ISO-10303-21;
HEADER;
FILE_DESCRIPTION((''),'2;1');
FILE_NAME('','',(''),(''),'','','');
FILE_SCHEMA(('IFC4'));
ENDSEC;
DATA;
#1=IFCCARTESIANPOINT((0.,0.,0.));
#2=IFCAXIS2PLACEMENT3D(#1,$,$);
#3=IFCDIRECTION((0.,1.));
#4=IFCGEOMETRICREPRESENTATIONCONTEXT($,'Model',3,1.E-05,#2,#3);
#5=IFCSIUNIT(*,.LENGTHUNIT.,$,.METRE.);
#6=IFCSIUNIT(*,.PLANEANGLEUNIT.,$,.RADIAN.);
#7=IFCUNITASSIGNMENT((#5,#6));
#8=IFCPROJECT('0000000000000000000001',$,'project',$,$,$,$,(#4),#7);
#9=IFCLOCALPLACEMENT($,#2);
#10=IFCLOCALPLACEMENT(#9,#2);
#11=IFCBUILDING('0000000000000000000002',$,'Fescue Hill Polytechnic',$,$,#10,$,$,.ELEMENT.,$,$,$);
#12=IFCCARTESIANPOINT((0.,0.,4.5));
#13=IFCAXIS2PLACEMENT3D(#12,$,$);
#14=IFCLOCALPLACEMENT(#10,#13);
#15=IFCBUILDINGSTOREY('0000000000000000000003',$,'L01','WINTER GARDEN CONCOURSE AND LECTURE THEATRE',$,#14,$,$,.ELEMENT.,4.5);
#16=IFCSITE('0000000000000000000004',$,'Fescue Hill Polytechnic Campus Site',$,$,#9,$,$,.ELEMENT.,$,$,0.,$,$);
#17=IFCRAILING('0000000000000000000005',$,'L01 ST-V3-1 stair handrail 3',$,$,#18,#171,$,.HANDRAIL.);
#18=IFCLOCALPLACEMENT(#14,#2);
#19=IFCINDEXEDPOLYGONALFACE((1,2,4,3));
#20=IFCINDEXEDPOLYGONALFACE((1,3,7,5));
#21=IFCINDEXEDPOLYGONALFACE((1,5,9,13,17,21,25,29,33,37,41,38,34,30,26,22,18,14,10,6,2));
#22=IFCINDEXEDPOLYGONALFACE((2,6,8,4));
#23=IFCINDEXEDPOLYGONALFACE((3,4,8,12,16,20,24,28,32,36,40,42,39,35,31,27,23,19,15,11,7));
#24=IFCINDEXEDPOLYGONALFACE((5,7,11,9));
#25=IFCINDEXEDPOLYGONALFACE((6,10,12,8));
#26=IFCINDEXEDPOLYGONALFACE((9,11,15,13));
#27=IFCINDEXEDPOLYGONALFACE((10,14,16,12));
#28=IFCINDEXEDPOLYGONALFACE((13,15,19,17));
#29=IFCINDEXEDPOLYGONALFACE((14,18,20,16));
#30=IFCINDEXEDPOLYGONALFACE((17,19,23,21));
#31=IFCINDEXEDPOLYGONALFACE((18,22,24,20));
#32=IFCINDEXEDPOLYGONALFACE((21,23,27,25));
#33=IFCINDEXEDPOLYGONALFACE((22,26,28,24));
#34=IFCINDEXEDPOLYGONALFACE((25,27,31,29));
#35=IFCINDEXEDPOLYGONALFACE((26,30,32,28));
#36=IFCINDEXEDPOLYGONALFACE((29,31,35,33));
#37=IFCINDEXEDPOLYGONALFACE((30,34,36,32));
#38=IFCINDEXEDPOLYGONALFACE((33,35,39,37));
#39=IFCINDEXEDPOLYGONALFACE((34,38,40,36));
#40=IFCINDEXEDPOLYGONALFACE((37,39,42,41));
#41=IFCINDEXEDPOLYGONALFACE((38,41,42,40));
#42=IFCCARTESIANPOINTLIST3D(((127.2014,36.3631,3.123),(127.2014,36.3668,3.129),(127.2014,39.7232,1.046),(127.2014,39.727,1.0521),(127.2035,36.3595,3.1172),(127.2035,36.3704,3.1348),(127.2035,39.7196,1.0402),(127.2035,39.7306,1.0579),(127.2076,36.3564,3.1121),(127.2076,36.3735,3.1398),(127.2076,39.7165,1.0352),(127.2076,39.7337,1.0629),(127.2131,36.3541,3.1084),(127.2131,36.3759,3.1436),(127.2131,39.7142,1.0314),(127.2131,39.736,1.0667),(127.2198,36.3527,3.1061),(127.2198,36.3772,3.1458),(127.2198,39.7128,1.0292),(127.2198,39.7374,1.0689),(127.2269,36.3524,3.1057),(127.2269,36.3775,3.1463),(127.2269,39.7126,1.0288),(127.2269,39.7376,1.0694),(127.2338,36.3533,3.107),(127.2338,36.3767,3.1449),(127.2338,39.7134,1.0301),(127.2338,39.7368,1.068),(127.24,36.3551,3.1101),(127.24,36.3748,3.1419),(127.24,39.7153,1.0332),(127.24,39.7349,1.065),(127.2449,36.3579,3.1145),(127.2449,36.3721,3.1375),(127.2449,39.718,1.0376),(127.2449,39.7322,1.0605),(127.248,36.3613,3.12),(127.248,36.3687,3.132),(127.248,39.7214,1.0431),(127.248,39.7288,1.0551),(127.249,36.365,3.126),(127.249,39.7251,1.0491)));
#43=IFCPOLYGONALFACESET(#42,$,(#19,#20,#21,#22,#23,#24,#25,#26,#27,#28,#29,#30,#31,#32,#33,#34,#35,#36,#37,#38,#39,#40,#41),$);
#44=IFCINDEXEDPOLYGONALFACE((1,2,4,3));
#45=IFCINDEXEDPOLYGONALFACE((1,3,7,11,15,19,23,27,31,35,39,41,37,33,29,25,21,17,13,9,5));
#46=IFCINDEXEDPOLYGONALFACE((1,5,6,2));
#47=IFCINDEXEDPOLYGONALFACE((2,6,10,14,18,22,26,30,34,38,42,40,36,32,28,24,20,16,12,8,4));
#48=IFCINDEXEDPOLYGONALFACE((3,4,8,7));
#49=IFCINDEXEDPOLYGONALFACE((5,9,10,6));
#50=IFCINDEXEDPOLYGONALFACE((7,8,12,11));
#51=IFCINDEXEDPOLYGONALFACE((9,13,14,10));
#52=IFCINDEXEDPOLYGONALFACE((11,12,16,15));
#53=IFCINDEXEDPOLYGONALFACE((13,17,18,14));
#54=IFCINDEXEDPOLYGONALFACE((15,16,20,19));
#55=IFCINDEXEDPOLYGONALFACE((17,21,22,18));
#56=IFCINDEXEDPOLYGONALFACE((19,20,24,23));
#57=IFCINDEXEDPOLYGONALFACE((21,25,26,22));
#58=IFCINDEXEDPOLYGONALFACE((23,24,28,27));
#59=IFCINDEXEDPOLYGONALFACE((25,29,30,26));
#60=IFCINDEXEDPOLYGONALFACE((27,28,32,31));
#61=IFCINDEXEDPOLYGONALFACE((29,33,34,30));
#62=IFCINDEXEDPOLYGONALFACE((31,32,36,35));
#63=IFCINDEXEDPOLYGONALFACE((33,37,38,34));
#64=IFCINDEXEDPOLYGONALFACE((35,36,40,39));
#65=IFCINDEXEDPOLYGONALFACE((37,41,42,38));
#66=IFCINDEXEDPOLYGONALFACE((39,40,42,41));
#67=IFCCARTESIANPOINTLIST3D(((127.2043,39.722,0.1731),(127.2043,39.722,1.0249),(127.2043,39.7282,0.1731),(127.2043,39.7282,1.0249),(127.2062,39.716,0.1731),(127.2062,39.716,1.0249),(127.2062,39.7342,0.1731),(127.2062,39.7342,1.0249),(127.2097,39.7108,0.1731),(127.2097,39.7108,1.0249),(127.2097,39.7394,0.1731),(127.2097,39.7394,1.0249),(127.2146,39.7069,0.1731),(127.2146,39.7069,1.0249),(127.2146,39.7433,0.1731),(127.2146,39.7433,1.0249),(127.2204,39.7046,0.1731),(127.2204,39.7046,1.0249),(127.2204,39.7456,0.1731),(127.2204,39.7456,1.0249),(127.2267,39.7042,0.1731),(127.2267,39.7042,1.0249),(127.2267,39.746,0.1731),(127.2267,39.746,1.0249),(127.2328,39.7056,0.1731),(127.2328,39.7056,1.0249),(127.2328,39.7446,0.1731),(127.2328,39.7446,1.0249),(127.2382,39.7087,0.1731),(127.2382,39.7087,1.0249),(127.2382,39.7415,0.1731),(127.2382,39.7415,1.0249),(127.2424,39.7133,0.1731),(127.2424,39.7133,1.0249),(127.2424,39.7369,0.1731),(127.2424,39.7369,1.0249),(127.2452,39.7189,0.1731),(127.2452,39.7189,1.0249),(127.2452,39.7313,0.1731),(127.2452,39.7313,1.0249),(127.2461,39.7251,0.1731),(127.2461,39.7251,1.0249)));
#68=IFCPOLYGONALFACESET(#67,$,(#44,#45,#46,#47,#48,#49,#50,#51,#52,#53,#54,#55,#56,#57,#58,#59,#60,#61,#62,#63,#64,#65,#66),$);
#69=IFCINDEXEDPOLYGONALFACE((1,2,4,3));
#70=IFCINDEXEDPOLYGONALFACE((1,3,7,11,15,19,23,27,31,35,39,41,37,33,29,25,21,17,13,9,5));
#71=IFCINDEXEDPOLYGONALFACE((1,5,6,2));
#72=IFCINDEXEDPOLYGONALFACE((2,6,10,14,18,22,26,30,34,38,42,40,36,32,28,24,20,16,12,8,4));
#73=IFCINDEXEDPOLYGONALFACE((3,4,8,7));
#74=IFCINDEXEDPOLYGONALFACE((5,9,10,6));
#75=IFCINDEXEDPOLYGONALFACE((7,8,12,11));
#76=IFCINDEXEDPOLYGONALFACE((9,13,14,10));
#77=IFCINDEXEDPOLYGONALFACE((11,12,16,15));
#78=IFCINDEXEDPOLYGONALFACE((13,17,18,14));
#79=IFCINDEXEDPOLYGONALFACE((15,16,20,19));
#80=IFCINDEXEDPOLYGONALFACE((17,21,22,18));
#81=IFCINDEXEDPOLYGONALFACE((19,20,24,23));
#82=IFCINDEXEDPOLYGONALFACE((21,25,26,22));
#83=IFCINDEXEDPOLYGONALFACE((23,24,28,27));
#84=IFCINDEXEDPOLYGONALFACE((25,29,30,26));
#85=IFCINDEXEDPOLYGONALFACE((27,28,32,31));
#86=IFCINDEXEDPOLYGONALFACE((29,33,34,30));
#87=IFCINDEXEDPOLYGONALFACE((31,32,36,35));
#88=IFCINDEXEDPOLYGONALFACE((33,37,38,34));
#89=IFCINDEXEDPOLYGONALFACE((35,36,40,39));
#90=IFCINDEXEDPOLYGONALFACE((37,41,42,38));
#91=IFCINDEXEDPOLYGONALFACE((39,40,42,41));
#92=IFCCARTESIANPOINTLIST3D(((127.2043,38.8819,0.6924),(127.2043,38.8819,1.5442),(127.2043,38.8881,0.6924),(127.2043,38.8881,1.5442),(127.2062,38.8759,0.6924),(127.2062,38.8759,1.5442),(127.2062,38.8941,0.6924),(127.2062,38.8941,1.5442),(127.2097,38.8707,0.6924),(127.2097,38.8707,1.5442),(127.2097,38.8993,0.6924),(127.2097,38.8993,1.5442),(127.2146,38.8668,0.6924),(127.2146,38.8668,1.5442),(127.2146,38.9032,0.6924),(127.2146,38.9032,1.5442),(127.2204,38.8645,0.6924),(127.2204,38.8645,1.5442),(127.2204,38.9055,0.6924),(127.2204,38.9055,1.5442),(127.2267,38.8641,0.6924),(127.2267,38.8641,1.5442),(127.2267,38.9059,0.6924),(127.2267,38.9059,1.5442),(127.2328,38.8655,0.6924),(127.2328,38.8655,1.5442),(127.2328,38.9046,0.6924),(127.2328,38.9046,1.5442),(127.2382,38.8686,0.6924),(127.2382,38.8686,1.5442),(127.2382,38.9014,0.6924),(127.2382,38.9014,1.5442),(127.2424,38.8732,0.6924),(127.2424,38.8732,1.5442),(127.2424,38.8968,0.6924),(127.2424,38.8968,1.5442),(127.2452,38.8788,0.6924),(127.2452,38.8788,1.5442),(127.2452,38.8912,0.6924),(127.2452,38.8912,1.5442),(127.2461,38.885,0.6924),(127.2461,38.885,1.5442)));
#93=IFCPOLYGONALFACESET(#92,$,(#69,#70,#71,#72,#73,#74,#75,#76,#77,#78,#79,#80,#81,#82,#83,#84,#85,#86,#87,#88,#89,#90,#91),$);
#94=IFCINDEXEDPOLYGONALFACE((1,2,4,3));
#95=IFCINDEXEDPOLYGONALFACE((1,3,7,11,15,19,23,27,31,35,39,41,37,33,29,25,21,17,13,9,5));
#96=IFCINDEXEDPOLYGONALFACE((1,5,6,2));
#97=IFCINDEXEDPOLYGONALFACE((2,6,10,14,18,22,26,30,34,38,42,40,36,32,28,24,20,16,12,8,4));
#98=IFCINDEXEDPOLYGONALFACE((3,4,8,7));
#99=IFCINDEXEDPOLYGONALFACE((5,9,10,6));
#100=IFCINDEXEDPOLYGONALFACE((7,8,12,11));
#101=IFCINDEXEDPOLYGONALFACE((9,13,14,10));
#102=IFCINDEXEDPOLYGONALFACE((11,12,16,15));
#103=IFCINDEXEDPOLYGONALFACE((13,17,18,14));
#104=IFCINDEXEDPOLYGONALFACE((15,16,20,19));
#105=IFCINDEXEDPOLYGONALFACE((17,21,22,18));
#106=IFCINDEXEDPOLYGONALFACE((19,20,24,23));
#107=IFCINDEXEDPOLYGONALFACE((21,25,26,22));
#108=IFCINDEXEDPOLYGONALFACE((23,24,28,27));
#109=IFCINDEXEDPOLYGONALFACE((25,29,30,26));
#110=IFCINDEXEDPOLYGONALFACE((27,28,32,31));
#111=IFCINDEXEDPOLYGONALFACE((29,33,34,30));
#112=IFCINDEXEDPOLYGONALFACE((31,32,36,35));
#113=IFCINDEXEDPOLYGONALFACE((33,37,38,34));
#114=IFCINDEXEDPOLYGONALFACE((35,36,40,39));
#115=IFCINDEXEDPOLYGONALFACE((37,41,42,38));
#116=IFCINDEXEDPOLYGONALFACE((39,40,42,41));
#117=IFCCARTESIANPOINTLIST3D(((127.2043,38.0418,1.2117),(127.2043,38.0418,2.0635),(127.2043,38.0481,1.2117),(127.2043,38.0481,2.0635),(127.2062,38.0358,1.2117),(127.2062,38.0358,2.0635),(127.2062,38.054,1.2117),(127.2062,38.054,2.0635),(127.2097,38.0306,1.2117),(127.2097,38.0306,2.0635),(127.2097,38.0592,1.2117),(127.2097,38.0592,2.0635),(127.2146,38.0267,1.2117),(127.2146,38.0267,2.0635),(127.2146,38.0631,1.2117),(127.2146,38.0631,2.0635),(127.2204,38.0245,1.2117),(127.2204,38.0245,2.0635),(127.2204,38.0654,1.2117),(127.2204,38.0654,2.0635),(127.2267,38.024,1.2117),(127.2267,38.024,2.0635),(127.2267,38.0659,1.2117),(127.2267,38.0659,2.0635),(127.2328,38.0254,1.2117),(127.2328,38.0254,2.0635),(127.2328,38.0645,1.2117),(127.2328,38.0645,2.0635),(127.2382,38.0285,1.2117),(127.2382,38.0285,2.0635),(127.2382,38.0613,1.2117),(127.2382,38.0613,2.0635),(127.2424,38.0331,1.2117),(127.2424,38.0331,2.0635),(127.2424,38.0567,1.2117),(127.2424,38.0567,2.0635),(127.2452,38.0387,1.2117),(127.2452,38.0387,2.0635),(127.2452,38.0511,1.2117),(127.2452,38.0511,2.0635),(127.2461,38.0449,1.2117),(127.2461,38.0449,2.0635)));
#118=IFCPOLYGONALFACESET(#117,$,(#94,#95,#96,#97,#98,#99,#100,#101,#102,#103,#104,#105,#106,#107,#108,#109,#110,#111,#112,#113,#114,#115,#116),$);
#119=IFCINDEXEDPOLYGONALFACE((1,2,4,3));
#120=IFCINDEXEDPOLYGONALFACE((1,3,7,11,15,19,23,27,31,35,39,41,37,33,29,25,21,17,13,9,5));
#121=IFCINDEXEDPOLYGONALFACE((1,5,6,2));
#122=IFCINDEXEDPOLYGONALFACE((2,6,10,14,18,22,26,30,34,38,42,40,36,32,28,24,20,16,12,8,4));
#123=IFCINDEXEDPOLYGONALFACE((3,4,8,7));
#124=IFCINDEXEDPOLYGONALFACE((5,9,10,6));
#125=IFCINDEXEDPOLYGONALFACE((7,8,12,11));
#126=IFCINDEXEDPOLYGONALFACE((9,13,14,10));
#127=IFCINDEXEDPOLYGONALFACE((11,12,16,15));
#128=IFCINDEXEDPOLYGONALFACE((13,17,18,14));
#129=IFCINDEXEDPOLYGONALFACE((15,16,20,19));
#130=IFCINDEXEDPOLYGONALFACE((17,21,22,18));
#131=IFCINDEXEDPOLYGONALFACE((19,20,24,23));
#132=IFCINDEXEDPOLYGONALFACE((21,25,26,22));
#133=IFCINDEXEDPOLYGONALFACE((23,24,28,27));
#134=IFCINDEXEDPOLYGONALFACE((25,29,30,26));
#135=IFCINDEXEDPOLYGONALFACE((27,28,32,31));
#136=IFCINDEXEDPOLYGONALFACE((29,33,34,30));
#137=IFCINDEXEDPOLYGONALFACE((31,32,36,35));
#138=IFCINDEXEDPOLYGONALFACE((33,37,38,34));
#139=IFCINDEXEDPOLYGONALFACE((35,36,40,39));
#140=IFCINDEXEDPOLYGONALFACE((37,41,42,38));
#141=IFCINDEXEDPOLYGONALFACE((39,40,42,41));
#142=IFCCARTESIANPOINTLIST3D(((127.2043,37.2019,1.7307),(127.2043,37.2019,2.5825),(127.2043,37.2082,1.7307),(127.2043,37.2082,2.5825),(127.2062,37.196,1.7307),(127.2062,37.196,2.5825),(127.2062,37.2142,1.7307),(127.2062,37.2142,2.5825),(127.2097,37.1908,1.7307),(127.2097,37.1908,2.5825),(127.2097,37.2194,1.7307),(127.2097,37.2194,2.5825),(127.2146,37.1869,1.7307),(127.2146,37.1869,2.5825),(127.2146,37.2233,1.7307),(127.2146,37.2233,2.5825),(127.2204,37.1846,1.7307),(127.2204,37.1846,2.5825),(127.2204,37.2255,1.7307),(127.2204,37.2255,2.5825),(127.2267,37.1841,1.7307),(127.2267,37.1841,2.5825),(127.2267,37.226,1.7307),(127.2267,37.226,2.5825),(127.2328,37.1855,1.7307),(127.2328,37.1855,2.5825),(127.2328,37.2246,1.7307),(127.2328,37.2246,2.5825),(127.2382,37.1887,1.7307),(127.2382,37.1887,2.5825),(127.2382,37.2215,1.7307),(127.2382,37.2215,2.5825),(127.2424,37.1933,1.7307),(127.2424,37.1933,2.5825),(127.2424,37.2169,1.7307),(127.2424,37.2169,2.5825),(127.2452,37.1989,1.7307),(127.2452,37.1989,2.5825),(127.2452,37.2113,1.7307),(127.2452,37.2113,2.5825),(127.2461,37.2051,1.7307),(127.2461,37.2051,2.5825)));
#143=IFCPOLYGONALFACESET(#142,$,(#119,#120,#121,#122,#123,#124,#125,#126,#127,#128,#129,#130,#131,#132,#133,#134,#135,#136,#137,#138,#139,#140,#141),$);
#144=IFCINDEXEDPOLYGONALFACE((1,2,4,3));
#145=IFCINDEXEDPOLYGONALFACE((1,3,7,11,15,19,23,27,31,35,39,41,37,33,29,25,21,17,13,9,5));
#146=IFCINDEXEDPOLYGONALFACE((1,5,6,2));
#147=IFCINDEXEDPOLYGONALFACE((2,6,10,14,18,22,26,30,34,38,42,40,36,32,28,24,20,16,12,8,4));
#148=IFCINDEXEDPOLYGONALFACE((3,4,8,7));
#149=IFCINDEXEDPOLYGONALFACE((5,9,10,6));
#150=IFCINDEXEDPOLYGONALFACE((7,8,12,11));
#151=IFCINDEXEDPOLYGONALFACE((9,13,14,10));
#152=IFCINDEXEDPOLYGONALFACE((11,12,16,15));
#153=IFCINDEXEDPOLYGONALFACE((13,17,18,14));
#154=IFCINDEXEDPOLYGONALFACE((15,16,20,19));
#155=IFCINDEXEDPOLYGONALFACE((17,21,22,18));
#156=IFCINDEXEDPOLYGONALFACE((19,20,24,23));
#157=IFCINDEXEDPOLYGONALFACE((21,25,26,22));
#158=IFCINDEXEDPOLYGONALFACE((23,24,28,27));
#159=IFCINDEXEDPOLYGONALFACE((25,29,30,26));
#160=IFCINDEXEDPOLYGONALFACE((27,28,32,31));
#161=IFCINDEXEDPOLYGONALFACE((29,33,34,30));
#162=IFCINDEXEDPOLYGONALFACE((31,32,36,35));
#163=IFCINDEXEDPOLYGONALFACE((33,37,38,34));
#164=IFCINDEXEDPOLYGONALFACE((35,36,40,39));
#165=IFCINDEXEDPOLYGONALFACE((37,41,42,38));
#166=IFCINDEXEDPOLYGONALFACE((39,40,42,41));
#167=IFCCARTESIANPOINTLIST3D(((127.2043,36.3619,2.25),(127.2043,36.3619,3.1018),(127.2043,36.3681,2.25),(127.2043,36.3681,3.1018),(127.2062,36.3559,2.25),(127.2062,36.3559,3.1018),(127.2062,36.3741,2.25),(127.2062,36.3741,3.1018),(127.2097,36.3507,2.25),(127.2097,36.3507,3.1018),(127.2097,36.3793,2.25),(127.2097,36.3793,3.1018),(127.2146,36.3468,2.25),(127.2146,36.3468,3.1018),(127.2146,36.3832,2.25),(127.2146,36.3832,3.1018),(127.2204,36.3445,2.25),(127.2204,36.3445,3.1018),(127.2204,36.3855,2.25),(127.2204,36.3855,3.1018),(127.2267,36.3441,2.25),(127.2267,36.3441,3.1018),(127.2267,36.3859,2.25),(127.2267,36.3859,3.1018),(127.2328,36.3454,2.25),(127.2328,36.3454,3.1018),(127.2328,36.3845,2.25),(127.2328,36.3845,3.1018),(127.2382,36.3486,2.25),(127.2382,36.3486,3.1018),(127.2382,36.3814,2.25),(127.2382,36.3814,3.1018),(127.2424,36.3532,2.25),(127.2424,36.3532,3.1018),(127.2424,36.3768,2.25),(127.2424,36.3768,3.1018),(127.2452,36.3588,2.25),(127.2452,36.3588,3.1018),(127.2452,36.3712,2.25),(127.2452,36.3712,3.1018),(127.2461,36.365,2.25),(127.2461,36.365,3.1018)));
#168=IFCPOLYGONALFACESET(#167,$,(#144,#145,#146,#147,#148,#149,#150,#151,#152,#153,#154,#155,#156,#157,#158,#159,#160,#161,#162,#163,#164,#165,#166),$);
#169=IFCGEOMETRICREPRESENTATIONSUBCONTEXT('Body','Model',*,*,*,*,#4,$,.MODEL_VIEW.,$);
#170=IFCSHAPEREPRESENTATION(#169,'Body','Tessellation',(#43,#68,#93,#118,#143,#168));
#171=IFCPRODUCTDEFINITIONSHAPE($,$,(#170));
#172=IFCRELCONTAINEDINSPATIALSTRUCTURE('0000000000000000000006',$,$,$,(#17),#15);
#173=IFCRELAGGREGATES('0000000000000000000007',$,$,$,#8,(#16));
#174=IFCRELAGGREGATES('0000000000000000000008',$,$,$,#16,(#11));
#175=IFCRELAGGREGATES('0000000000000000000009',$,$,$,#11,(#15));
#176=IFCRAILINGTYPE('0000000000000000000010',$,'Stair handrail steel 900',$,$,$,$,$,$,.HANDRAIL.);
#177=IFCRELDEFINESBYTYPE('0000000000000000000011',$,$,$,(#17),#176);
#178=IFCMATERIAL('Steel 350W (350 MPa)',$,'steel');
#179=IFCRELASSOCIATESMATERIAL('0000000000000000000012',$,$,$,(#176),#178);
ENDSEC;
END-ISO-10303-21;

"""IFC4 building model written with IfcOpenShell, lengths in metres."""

from ifc_helpers import new_model, si_unit, direction, frame, origin, origin_2d, place, context, subcontext, project, spatial, circle, extrude, material, type_object, element, save


model = new_model("IFC4")

# Units and contexts
model_context = context("Model", 3, precision=1e-05, world=origin(), true_north=direction((0.0, 1.0)))
body_context = subcontext(model_context, "Body", "Model", "MODEL_VIEW")
ifc_project = project(units=[si_unit("LENGTHUNIT", "METRE"), si_unit("PLANEANGLEUNIT", "RADIAN")], contexts=[model_context])

# Site, building, storey
site_placement = place(None, origin())
site = spatial("IfcSite", under=ifc_project, at=site_placement, Name="Fescue Hill Polytechnic Campus Site", CompositionType="ELEMENT", RefElevation=0.0)
building_placement = place(site_placement, origin())
building = spatial("IfcBuilding", under=site, at=building_placement, Name="Fescue Hill Polytechnic", CompositionType="ELEMENT")
storey_placement = place(building_placement, frame((0.0, 0.0, 4.5)))
storey = spatial("IfcBuildingStorey", under=building, at=storey_placement, Name="L01", Description="WINTER GARDEN CONCOURSE AND LECTURE THEATRE", CompositionType="ELEMENT", Elevation=4.5)

# Railing
ifc_material_1 = material(Name="Steel 350W (350 MPa)", Category="steel")
railing_type_1 = type_object("IfcRailingType", Name="Stair handrail steel 900", PredefinedType="HANDRAIL", material=ifc_material_1)
for number, where, name in (
    (1, (127.2251, 39.7251, 0.1731), "L01 ST-V3-1 stair handrail 3"),
):
    element("IfcRailing", number, at=place(storey_placement, frame(where)), inside=storey, type_object=railing_type_1, Name=name, PredefinedType="HANDRAIL", context=body_context, shape_type="SweptSolid", body=[
        extrude(circle(Radius=0.0239, at=origin_2d()), frame((0.0, 0.0, 0.876), z_axis=(0.0, -0.850623, 0.525776), x_axis=(1.0, 0.0, 0.0)), (0.0, 0.0, 1.0), 3.9502),
        extrude(circle(Radius=0.021, at=origin_2d()), origin(), (0.0, 0.0, 1.0), 0.8518),
        extrude(circle(Radius=0.021, at=origin_2d()), frame((0.0, -0.8401, 0.5193)), (0.0, 0.0, 1.0), 0.8518),
        extrude(circle(Radius=0.021, at=origin_2d()), frame((0.0, -1.6802, 1.0386)), (0.0, 0.0, 1.0), 0.8518),
        extrude(circle(Radius=0.021, at=origin_2d()), frame((0.0, -2.52, 1.5576)), (0.0, 0.0, 1.0), 0.8518),
        extrude(circle(Radius=0.021, at=origin_2d()), frame((0.0, -3.3601, 2.0769)), (0.0, 0.0, 1.0), 0.8518),
    ])

save(model, "model.ifc")
